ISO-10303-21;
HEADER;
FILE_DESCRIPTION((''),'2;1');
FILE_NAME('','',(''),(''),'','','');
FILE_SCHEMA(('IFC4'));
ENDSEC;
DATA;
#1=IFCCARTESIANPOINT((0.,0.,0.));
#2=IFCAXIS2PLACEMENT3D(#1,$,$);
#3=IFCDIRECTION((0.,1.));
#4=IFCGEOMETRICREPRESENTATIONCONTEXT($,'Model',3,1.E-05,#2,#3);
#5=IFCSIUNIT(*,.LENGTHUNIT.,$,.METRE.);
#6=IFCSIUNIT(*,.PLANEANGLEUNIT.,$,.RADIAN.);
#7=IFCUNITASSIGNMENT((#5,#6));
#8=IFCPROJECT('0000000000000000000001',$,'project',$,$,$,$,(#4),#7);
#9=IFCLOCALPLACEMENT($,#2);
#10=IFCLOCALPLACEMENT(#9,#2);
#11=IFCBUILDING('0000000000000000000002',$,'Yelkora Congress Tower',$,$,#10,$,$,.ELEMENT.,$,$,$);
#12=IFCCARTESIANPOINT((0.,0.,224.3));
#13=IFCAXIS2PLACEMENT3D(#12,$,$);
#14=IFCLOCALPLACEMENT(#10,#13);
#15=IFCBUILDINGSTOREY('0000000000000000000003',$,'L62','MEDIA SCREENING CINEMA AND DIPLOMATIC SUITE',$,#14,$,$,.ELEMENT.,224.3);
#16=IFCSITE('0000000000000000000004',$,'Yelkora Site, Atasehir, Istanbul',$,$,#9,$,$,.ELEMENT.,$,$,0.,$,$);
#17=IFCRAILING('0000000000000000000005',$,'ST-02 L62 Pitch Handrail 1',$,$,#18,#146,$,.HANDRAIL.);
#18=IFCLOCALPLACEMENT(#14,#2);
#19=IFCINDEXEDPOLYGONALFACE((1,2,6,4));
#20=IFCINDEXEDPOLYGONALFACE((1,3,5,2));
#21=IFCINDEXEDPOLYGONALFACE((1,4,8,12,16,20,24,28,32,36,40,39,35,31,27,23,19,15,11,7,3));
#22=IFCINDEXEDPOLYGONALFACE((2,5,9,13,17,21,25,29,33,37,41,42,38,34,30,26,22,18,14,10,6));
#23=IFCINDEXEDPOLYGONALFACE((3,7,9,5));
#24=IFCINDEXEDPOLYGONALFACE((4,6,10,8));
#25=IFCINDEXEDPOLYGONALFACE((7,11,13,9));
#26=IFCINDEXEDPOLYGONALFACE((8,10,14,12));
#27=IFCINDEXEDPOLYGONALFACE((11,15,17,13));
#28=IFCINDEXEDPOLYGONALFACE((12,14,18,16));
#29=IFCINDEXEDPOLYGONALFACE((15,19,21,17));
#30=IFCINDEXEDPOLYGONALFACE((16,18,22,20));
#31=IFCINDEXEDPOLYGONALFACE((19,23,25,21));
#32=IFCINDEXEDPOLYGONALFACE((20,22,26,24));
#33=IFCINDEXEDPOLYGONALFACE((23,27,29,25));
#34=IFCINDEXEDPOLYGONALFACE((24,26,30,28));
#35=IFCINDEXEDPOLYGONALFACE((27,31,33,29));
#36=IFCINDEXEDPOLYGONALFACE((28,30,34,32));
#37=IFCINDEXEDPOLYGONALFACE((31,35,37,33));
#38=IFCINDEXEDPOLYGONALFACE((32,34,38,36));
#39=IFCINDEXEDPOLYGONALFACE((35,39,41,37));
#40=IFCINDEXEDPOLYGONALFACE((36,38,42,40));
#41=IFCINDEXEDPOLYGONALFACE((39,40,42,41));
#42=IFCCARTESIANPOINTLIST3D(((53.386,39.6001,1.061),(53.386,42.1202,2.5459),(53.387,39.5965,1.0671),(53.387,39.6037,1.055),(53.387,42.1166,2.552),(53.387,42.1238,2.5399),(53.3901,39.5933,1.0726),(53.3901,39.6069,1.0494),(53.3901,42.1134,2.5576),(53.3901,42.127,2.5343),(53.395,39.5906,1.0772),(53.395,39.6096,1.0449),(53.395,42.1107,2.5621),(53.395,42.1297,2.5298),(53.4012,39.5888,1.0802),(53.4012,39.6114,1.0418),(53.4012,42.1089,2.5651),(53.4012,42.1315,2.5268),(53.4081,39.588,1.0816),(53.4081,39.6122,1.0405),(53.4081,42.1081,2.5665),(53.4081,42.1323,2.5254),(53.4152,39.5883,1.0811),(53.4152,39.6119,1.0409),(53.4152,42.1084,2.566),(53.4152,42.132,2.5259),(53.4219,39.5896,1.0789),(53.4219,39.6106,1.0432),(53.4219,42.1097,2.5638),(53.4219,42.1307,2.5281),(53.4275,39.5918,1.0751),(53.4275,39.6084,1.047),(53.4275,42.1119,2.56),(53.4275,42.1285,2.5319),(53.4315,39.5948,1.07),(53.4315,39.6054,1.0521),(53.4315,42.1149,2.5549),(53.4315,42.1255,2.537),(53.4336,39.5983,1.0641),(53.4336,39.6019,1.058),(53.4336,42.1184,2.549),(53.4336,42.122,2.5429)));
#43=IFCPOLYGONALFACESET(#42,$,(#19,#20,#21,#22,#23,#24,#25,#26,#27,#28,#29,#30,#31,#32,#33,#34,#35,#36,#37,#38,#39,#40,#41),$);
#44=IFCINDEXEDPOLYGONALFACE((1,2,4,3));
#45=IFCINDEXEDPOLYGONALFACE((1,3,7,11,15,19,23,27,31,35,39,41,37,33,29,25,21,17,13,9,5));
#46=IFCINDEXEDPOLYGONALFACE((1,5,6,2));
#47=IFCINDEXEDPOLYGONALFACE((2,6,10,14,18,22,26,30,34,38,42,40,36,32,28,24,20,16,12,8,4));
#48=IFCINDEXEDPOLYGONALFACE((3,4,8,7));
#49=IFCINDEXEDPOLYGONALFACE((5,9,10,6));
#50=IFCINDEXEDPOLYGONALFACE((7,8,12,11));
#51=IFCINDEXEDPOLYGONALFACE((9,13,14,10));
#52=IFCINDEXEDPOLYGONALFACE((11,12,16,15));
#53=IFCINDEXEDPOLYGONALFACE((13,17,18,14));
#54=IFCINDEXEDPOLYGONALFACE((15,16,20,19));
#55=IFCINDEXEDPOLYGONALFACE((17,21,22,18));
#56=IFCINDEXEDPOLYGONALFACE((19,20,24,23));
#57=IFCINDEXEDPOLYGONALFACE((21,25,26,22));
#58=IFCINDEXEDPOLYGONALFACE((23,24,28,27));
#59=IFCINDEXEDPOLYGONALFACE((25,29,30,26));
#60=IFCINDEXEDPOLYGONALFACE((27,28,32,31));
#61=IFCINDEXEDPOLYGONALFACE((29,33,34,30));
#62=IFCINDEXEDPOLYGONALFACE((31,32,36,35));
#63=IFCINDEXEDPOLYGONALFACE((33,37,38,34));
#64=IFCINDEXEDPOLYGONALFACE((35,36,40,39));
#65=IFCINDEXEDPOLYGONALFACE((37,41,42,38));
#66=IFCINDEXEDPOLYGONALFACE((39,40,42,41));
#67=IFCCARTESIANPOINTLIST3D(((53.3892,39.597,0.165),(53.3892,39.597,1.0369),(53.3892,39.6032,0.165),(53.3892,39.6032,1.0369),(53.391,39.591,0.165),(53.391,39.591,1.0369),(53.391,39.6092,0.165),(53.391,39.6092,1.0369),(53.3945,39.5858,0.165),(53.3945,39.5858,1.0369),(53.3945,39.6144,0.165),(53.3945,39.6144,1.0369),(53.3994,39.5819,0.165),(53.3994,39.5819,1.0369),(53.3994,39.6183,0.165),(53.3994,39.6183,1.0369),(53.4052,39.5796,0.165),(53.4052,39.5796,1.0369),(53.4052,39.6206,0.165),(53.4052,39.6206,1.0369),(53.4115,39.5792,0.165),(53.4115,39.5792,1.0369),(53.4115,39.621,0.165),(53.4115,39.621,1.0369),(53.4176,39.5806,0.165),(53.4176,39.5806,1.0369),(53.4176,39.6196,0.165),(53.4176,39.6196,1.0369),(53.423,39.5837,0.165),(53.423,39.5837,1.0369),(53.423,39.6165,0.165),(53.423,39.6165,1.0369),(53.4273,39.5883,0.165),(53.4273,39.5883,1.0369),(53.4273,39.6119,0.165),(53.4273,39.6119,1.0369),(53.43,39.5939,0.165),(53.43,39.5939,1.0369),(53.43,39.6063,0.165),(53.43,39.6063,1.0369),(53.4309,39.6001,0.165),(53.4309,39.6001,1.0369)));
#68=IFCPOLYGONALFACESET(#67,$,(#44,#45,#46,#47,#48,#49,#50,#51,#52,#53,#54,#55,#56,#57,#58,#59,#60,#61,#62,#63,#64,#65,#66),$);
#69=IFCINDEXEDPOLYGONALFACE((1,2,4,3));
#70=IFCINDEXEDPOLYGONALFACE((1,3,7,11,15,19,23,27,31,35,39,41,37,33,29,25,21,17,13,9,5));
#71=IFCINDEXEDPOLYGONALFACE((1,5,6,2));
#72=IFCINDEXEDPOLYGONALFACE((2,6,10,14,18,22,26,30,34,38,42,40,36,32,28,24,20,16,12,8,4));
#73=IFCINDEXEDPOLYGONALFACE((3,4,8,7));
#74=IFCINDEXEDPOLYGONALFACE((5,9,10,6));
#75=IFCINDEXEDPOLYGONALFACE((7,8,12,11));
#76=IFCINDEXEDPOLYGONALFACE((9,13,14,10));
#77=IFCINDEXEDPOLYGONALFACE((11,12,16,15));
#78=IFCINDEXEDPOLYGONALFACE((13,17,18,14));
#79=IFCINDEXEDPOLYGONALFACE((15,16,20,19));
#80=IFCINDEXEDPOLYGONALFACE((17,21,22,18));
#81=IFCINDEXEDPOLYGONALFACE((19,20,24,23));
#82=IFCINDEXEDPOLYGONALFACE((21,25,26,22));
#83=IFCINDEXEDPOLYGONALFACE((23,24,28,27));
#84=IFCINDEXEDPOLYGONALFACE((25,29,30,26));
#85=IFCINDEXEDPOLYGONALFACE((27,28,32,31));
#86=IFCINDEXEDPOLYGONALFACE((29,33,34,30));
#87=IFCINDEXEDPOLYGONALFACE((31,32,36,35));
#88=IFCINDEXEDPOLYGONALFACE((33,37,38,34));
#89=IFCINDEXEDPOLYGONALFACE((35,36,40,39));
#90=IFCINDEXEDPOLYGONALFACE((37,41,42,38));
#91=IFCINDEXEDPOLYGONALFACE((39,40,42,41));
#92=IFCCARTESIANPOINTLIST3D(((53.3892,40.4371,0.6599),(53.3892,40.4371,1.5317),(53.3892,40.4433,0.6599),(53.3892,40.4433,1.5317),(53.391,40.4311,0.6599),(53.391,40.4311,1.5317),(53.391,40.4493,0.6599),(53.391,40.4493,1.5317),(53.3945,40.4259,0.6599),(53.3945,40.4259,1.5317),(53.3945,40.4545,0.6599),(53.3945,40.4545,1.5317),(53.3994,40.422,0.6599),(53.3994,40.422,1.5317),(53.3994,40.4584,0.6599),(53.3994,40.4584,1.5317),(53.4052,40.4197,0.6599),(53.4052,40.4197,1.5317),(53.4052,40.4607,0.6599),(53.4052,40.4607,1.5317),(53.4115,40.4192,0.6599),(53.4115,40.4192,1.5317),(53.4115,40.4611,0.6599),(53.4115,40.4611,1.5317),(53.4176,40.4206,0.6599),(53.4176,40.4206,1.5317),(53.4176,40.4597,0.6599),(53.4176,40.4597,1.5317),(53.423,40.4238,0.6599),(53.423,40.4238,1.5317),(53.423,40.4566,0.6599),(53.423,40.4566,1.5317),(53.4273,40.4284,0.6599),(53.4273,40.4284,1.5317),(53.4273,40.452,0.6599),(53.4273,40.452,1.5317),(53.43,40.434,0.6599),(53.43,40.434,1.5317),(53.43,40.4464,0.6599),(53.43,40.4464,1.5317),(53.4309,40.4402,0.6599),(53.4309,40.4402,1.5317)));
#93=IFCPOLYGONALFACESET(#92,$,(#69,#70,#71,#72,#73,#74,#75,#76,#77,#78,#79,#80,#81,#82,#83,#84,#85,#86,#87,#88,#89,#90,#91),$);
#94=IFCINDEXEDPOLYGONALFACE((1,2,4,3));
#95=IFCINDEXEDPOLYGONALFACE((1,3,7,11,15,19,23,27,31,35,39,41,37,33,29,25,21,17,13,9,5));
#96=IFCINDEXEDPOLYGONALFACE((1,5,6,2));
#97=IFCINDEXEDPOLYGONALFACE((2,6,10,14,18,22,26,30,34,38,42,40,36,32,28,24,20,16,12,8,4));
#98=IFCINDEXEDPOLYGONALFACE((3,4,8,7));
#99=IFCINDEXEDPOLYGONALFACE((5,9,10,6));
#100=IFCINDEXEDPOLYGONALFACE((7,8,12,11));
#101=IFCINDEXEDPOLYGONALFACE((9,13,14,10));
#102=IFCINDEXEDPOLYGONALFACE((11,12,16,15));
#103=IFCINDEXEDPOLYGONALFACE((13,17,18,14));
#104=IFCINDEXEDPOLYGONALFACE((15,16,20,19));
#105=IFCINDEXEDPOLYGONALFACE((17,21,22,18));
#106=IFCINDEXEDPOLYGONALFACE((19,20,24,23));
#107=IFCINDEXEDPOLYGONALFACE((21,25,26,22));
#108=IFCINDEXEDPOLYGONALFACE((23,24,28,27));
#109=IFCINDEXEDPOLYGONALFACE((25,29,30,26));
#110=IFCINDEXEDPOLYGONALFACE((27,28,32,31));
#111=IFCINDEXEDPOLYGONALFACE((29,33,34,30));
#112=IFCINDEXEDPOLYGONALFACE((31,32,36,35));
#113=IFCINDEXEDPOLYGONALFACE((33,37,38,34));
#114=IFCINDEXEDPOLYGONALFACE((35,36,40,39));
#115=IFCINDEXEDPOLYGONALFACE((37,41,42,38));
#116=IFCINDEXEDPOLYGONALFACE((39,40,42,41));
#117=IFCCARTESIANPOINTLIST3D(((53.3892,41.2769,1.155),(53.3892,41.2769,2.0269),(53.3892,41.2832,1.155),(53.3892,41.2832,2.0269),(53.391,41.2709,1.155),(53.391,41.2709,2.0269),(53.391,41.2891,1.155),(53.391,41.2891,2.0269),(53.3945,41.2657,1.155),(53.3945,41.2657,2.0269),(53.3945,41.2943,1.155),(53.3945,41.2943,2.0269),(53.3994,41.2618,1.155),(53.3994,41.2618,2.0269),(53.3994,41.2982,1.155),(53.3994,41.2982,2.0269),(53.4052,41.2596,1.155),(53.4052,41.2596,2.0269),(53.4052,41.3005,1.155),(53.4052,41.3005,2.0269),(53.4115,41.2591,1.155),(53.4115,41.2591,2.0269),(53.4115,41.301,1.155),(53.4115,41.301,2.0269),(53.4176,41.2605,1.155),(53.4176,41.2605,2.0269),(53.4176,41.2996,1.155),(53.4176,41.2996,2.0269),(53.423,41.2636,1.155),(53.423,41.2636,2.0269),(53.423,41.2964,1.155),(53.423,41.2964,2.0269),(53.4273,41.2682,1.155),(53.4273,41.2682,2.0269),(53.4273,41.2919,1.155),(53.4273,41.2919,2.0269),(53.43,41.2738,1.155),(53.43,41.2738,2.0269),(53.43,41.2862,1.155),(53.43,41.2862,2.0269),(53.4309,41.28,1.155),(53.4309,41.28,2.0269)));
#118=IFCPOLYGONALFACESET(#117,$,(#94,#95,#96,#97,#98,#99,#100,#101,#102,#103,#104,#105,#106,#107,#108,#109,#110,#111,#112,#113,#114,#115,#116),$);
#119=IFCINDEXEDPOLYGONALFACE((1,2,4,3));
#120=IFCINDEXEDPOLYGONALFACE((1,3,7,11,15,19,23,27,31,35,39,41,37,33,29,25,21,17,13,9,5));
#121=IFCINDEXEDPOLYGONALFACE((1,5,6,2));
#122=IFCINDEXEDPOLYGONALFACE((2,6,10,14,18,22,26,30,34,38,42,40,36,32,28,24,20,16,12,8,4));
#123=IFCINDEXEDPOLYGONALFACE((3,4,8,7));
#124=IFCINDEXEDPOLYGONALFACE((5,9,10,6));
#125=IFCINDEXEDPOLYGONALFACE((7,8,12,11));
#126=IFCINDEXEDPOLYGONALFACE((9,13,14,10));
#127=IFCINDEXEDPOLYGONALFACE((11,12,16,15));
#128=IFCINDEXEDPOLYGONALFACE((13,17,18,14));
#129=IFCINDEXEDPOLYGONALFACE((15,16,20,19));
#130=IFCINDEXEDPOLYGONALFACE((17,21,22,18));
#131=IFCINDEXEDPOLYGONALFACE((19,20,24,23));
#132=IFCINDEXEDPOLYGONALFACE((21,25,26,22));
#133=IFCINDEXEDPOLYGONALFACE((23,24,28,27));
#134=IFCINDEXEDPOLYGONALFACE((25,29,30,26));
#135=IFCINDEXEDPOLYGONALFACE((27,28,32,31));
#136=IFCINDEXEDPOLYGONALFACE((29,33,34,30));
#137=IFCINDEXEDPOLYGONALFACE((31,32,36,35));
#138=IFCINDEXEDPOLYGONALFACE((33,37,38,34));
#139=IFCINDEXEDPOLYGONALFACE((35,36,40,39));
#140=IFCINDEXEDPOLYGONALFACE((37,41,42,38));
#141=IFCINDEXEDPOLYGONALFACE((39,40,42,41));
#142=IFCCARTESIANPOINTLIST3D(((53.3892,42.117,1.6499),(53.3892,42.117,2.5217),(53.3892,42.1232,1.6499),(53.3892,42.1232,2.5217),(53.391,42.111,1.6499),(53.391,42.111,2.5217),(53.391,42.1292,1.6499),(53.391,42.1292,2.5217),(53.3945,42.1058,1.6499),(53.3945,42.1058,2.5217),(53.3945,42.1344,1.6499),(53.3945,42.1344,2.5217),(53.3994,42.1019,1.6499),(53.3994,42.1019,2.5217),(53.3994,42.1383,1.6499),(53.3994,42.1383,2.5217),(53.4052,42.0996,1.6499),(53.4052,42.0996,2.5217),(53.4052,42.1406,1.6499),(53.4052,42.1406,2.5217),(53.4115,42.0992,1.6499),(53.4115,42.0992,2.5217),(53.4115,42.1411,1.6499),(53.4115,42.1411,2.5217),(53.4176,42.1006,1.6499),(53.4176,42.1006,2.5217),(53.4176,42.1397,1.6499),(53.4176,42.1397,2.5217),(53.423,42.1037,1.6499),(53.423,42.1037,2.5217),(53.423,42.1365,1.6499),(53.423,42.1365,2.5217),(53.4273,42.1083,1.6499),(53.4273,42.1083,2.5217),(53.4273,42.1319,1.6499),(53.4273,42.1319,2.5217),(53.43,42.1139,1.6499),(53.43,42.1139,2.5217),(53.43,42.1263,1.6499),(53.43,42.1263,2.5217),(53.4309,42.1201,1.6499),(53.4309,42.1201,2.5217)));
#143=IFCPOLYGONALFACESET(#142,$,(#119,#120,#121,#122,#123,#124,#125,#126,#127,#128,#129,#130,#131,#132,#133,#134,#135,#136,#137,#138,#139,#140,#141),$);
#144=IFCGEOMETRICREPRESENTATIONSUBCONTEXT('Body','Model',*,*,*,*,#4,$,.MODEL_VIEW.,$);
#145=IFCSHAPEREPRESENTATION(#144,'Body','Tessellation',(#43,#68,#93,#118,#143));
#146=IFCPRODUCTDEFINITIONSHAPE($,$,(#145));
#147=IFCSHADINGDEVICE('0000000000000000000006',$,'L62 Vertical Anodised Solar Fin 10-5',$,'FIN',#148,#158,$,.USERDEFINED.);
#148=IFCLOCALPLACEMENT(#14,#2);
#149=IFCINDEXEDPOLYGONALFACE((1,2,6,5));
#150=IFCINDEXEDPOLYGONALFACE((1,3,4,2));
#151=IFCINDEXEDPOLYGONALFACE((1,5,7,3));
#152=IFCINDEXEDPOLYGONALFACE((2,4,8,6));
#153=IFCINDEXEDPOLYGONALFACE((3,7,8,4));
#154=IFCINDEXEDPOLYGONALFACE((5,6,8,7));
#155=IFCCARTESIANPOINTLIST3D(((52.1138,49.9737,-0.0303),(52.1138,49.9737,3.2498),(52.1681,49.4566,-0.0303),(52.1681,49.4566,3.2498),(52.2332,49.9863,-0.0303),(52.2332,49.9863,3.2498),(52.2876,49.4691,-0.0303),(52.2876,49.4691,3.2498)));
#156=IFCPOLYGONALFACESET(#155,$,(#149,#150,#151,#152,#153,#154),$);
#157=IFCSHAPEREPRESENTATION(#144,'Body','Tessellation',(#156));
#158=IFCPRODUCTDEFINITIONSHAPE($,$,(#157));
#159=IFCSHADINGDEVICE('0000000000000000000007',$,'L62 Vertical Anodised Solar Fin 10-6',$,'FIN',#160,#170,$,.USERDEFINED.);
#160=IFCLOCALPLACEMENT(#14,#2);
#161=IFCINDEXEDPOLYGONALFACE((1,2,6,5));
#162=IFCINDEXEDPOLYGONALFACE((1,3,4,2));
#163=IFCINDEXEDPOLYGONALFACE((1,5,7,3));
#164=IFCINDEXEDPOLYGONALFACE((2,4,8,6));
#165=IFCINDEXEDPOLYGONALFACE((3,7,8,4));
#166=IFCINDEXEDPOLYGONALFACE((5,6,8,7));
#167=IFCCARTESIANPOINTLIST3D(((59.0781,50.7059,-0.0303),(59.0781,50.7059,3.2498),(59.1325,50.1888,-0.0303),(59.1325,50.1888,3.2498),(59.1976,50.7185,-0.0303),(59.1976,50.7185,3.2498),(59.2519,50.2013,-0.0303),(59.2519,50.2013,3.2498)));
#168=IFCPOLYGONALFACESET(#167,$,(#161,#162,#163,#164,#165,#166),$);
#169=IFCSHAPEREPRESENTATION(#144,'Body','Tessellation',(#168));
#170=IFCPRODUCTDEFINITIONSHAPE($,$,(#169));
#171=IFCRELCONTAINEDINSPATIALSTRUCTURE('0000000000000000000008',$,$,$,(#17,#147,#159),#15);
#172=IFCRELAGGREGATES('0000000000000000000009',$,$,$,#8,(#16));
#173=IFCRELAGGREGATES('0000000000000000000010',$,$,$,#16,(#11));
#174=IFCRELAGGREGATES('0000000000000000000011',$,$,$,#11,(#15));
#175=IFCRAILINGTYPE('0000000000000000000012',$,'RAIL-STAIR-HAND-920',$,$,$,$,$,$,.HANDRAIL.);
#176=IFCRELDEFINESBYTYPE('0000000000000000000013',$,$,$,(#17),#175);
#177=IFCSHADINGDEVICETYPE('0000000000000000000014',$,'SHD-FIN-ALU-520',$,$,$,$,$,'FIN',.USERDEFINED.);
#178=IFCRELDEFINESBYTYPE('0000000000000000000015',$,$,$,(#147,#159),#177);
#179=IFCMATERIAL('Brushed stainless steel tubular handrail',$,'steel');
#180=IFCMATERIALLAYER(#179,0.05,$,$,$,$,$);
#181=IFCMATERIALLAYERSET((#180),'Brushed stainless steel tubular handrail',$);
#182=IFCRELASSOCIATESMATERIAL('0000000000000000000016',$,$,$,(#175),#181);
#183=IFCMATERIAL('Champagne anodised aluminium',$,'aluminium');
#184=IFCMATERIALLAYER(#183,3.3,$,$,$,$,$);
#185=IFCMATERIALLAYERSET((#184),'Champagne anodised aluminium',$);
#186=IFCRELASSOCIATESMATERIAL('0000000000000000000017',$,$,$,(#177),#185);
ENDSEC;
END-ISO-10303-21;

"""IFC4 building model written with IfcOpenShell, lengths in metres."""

from ifc_helpers import new_model, si_unit, direction, frame, origin, origin_2d, place, context, subcontext, project, spatial, rectangle, circle, extrude, material, layer, layer_set, type_object, element, save


model = new_model("IFC4")

# Units and contexts
model_context = context("Model", 3, precision=1e-05, world=origin(), true_north=direction((0.0, 1.0)))
body_context = subcontext(model_context, "Body", "Model", "MODEL_VIEW")
ifc_project = project(units=[si_unit("LENGTHUNIT", "METRE"), si_unit("PLANEANGLEUNIT", "RADIAN")], contexts=[model_context])

# Site, building, storey
site_placement = place(None, origin())
site = spatial("IfcSite", under=ifc_project, at=site_placement, Name="Yelkora Site, Atasehir, Istanbul", CompositionType="ELEMENT", RefElevation=0.0)
building_placement = place(site_placement, origin())
building = spatial("IfcBuilding", under=site, at=building_placement, Name="Yelkora Congress Tower", CompositionType="ELEMENT")
storey_placement = place(building_placement, frame((0.0, 0.0, 224.3)))
storey = spatial("IfcBuildingStorey", under=building, at=storey_placement, Name="L62", Description="MEDIA SCREENING CINEMA AND DIPLOMATIC SUITE", CompositionType="ELEMENT", Elevation=224.3)

# Railing
ifc_material_1 = material(Name="Brushed stainless steel tubular handrail", Category="steel")
ifc_layer_1 = layer(ifc_material_1, 0.05)
ifc_layer_set_1 = layer_set([ifc_layer_1], Name="Brushed stainless steel tubular handrail")
railing_type_1 = type_object("IfcRailingType", Name="RAIL-STAIR-HAND-920", PredefinedType="HANDRAIL", material=ifc_layer_set_1)
railing_1_placement = place(storey_placement, frame((53.4099, 39.6001, 0.165)))
element("IfcRailing", 1, at=railing_1_placement, inside=storey, type_object=railing_type_1, Name="ST-02 L62 Pitch Handrail 1", PredefinedType="HANDRAIL", context=body_context, shape_type="SweptSolid", body=[
    extrude(circle(Radius=0.0239, at=origin_2d()), frame((0.0, 0.0, 0.896), z_axis=(0.0, 0.861561, 0.507655), x_axis=(-1.0, 0.0, 0.0)), (0.0, 0.0, 1.0), 2.925),
    extrude(circle(Radius=0.021, at=origin_2d()), origin(), (0.0, 0.0, 1.0), 0.8718),
    extrude(circle(Radius=0.021, at=origin_2d()), frame((0.0, 0.8401, 0.4949)), (0.0, 0.0, 1.0), 0.8718),
    extrude(circle(Radius=0.021, at=origin_2d()), frame((0.0, 1.6799, 0.99)), (0.0, 0.0, 1.0), 0.8718),
    extrude(circle(Radius=0.021, at=origin_2d()), frame((0.0, 2.52, 1.4849)), (0.0, 0.0, 1.0), 0.8718),
])

# Shading devices
ifc_material_2 = material(Name="Champagne anodised aluminium", Category="aluminium")
ifc_layer_2 = layer(ifc_material_2, 3.3)
ifc_layer_set_2 = layer_set([ifc_layer_2], Name="Champagne anodised aluminium")
shading_device_type = type_object("IfcShadingDeviceType", Name="SHD-FIN-ALU-520", ElementType="FIN", PredefinedType="USERDEFINED", material=ifc_layer_set_2)
for number, where, z_axis, x_axis, name in (
    (2, (52.2007, 49.7214, -0.0303), (0.0, 0.0, 1.0), (0.994522, 0.104528, 0.0), "L62 Vertical Anodised Solar Fin 10-5"),
    (3, (59.165, 50.4536, -0.0303), (0.0, 0.0, 1.0), (0.994522, 0.104528, 0.0), "L62 Vertical Anodised Solar Fin 10-6"),
):
    element("IfcShadingDevice", number, at=place(storey_placement, frame(where, z_axis=z_axis, x_axis=x_axis)), inside=storey, type_object=shading_device_type, Name=name, ObjectType="FIN", PredefinedType="USERDEFINED", context=body_context, shape_type="SweptSolid", body=[
        extrude(rectangle(XDim=0.1201, YDim=0.52, at=origin_2d()), origin(), (0.0, 0.0, 1.0), 3.28),
    ])

save(model, "model.ifc")
